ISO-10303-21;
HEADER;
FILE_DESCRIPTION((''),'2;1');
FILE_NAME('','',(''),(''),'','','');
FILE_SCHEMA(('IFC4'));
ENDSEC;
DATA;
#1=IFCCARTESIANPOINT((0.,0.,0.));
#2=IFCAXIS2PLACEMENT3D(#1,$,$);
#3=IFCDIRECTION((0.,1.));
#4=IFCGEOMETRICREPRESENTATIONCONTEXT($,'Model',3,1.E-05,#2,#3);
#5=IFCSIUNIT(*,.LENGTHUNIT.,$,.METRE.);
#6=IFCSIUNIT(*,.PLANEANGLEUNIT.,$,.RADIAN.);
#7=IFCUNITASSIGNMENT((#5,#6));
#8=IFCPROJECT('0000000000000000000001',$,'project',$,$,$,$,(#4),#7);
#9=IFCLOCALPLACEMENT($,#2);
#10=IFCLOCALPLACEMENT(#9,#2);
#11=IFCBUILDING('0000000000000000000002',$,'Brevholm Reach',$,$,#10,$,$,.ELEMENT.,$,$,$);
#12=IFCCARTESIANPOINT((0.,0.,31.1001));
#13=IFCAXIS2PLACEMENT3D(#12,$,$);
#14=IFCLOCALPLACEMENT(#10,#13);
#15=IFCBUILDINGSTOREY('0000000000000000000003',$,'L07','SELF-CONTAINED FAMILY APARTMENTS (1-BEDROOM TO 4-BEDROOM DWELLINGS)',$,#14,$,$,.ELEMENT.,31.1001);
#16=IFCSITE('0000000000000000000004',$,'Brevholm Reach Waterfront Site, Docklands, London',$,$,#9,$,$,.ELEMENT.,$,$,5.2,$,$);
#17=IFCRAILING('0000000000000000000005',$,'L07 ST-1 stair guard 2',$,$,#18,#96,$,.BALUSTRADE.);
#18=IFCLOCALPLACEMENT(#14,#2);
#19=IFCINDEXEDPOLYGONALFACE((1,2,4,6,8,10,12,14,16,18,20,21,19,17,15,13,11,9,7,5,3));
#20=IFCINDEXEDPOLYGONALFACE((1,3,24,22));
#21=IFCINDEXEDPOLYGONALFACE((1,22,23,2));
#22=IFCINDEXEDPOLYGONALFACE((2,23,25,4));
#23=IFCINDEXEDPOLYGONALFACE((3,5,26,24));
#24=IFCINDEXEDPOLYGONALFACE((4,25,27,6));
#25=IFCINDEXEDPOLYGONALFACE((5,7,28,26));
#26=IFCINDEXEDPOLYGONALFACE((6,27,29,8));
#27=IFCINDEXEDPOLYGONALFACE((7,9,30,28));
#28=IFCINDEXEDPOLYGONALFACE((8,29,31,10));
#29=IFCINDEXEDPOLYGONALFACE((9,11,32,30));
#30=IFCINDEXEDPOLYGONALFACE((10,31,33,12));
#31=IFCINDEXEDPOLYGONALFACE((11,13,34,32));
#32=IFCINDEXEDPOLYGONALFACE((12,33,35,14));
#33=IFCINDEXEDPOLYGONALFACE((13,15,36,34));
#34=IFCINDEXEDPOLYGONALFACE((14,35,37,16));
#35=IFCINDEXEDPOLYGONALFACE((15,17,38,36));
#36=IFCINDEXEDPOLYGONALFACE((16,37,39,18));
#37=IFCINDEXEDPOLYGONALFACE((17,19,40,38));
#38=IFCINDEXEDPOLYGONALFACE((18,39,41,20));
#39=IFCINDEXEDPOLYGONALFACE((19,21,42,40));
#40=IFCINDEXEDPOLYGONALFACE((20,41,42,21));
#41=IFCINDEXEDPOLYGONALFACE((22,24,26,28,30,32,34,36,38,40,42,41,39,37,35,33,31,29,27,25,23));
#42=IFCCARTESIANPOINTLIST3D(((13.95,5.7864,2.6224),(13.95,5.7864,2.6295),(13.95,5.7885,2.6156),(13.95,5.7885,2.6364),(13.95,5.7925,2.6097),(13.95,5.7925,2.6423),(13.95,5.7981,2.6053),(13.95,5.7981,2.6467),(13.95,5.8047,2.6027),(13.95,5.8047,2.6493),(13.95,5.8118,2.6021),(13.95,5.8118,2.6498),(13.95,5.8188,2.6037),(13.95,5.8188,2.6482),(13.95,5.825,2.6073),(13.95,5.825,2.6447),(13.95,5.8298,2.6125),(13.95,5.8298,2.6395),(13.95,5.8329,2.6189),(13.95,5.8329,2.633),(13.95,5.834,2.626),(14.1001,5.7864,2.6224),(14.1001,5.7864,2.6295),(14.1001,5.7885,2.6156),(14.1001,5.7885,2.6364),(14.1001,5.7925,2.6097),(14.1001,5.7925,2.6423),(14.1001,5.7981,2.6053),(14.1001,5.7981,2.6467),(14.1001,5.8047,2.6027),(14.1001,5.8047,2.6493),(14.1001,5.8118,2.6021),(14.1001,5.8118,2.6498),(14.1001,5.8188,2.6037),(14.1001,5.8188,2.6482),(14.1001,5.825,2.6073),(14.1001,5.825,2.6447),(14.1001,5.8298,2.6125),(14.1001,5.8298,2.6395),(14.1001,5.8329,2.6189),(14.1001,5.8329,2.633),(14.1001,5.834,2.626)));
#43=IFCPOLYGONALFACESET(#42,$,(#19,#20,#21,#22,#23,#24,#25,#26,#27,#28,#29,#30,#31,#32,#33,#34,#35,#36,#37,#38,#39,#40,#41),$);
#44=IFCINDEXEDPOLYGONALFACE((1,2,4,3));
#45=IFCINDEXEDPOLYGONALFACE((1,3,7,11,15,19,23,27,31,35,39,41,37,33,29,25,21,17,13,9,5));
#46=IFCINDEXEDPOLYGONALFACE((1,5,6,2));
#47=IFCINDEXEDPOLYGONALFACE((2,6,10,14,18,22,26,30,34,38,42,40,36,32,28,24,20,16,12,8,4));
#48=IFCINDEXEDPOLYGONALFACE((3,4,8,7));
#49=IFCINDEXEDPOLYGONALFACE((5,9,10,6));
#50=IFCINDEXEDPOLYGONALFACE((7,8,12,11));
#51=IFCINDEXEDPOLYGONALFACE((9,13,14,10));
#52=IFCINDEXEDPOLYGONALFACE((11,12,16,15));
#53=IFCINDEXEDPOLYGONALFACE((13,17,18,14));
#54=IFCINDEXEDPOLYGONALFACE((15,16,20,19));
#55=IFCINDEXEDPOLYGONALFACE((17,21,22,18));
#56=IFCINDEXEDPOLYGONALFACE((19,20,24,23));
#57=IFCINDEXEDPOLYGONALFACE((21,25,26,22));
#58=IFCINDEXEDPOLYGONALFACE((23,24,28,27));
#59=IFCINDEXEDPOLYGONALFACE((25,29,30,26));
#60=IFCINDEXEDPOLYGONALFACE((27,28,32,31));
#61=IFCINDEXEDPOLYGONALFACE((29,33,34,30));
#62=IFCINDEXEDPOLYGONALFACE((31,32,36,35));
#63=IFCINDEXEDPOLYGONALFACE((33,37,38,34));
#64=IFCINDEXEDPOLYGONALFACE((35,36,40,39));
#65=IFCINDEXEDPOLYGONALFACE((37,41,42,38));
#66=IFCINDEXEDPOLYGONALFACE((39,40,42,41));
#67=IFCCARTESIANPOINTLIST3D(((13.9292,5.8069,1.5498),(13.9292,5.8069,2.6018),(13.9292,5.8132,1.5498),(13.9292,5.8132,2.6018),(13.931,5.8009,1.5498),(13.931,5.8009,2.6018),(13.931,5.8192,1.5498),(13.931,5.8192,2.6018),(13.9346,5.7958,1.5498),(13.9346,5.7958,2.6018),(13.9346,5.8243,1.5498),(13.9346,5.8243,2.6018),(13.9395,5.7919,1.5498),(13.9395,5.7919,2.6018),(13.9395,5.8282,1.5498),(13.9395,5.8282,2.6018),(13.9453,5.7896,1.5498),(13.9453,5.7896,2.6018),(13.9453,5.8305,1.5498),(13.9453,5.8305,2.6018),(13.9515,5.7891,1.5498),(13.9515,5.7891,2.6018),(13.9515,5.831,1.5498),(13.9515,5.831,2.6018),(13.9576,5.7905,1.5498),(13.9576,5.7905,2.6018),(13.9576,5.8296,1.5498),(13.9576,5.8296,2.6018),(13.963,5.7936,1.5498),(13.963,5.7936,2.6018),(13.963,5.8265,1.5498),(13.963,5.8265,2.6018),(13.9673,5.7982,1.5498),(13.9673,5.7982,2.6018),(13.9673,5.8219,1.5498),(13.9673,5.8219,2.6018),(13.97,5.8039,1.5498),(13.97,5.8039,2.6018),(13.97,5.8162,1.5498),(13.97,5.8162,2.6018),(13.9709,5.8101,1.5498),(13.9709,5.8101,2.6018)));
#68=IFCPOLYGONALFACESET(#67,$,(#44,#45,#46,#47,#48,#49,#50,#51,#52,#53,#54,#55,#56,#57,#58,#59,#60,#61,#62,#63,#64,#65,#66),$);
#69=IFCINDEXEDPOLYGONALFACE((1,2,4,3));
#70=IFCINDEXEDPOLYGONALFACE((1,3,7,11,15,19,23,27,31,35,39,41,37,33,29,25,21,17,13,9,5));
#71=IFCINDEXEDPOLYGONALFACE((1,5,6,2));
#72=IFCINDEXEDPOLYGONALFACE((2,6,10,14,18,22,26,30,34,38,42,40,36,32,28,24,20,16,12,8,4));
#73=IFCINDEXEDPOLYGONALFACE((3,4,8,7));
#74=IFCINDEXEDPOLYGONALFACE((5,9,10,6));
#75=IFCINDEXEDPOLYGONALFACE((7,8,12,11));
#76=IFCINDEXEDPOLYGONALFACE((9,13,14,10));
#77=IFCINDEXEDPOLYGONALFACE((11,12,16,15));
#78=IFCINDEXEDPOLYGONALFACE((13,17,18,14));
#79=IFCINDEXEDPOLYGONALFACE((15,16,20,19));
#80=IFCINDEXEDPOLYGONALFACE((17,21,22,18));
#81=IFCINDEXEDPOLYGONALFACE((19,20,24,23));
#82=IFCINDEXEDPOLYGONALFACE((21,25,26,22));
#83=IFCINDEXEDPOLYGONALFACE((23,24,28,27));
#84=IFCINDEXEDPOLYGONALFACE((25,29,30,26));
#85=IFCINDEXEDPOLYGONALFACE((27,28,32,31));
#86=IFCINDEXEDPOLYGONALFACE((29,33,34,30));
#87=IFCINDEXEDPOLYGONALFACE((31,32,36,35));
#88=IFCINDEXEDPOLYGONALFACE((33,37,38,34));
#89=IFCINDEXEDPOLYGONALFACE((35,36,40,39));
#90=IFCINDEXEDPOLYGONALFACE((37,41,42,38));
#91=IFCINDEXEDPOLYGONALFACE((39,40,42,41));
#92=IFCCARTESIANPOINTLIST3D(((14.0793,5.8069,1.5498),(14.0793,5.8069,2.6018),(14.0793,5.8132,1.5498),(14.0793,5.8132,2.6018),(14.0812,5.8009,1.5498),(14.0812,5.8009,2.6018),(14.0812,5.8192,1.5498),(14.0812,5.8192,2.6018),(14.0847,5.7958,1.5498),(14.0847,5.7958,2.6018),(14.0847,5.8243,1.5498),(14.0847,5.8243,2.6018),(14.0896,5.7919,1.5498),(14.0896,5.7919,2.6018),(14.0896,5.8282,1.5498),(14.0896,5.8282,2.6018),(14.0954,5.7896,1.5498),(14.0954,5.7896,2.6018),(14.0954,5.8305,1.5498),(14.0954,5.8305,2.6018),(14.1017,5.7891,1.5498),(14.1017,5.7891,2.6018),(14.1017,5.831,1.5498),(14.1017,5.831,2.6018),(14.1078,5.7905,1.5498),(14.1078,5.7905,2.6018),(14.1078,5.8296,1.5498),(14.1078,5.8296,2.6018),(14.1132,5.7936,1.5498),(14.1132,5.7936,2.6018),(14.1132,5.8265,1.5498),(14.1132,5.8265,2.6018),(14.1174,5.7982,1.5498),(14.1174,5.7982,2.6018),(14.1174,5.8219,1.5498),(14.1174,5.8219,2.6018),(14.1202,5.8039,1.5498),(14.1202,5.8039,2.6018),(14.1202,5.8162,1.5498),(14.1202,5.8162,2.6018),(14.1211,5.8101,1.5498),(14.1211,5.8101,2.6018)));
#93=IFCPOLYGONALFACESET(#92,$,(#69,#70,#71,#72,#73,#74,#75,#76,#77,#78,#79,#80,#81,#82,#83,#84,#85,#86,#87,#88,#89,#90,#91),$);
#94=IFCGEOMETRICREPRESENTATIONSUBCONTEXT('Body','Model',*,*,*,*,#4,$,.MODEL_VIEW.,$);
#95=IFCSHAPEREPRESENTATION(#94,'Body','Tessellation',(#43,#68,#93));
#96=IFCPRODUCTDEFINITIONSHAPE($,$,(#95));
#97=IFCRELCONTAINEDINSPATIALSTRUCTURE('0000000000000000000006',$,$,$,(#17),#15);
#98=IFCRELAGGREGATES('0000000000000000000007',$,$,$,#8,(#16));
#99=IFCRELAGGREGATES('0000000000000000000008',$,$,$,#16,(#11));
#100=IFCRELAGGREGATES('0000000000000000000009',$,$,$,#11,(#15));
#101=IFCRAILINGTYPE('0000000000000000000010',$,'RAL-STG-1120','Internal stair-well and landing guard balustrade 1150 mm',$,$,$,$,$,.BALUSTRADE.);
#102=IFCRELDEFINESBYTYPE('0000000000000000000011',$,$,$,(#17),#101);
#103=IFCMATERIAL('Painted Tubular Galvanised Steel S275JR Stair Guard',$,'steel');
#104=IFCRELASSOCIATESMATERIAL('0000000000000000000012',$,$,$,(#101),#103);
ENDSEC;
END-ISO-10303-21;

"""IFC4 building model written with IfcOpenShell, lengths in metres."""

from ifc_helpers import new_model, si_unit, direction, frame, origin, origin_2d, place, context, subcontext, project, spatial, circle, extrude, material, type_object, element, save


model = new_model("IFC4")

# Units and contexts
model_context = context("Model", 3, precision=1e-05, world=origin(), true_north=direction((0.0, 1.0)))
body_context = subcontext(model_context, "Body", "Model", "MODEL_VIEW")
ifc_project = project(units=[si_unit("LENGTHUNIT", "METRE"), si_unit("PLANEANGLEUNIT", "RADIAN")], contexts=[model_context])

# Site, building, storey
site_placement = place(None, origin())
site = spatial("IfcSite", under=ifc_project, at=site_placement, Name="Brevholm Reach Waterfront Site, Docklands, London", CompositionType="ELEMENT", RefElevation=5.2)
building_placement = place(site_placement, origin())
building = spatial("IfcBuilding", under=site, at=building_placement, Name="Brevholm Reach", CompositionType="ELEMENT")
storey_placement = place(building_placement, frame((0.0, 0.0, 31.1001)))
storey = spatial("IfcBuildingStorey", under=building, at=storey_placement, Name="L07", Description="SELF-CONTAINED FAMILY APARTMENTS (1-BEDROOM TO 4-BEDROOM DWELLINGS)", CompositionType="ELEMENT", Elevation=31.1001)

# Railing
ifc_material_1 = material(Name="Painted Tubular Galvanised Steel S275JR Stair Guard", Category="steel")
railing_type_1 = type_object("IfcRailingType", Name="RAL-STG-1120", Description="Internal stair-well and landing guard balustrade 1150 mm", PredefinedType="BALUSTRADE", material=ifc_material_1)
railing_1_placement = place(storey_placement, frame((13.95, 5.8101, 1.5498)))
element("IfcRailing", 1, at=railing_1_placement, inside=storey, type_object=railing_type_1, Name="L07 ST-1 stair guard 2", PredefinedType="BALUSTRADE", context=body_context, shape_type="SweptSolid", body=[
    extrude(circle(Radius=0.0239, at=origin_2d()), frame((0.0, 0.0, 1.0762), z_axis=(1.0, 0.0, 0.0), x_axis=(0.0, 1.0, 0.0)), (0.0, 0.0, 1.0), 0.1501),
    extrude(circle(Radius=0.021, at=origin_2d()), origin(), (0.0, 0.0, 1.0), 1.052),
    extrude(circle(Radius=0.021, at=origin_2d()), frame((0.1501, 0.0, 0.0)), (0.0, 0.0, 1.0), 1.052),
])

save(model, "model.ifc")
